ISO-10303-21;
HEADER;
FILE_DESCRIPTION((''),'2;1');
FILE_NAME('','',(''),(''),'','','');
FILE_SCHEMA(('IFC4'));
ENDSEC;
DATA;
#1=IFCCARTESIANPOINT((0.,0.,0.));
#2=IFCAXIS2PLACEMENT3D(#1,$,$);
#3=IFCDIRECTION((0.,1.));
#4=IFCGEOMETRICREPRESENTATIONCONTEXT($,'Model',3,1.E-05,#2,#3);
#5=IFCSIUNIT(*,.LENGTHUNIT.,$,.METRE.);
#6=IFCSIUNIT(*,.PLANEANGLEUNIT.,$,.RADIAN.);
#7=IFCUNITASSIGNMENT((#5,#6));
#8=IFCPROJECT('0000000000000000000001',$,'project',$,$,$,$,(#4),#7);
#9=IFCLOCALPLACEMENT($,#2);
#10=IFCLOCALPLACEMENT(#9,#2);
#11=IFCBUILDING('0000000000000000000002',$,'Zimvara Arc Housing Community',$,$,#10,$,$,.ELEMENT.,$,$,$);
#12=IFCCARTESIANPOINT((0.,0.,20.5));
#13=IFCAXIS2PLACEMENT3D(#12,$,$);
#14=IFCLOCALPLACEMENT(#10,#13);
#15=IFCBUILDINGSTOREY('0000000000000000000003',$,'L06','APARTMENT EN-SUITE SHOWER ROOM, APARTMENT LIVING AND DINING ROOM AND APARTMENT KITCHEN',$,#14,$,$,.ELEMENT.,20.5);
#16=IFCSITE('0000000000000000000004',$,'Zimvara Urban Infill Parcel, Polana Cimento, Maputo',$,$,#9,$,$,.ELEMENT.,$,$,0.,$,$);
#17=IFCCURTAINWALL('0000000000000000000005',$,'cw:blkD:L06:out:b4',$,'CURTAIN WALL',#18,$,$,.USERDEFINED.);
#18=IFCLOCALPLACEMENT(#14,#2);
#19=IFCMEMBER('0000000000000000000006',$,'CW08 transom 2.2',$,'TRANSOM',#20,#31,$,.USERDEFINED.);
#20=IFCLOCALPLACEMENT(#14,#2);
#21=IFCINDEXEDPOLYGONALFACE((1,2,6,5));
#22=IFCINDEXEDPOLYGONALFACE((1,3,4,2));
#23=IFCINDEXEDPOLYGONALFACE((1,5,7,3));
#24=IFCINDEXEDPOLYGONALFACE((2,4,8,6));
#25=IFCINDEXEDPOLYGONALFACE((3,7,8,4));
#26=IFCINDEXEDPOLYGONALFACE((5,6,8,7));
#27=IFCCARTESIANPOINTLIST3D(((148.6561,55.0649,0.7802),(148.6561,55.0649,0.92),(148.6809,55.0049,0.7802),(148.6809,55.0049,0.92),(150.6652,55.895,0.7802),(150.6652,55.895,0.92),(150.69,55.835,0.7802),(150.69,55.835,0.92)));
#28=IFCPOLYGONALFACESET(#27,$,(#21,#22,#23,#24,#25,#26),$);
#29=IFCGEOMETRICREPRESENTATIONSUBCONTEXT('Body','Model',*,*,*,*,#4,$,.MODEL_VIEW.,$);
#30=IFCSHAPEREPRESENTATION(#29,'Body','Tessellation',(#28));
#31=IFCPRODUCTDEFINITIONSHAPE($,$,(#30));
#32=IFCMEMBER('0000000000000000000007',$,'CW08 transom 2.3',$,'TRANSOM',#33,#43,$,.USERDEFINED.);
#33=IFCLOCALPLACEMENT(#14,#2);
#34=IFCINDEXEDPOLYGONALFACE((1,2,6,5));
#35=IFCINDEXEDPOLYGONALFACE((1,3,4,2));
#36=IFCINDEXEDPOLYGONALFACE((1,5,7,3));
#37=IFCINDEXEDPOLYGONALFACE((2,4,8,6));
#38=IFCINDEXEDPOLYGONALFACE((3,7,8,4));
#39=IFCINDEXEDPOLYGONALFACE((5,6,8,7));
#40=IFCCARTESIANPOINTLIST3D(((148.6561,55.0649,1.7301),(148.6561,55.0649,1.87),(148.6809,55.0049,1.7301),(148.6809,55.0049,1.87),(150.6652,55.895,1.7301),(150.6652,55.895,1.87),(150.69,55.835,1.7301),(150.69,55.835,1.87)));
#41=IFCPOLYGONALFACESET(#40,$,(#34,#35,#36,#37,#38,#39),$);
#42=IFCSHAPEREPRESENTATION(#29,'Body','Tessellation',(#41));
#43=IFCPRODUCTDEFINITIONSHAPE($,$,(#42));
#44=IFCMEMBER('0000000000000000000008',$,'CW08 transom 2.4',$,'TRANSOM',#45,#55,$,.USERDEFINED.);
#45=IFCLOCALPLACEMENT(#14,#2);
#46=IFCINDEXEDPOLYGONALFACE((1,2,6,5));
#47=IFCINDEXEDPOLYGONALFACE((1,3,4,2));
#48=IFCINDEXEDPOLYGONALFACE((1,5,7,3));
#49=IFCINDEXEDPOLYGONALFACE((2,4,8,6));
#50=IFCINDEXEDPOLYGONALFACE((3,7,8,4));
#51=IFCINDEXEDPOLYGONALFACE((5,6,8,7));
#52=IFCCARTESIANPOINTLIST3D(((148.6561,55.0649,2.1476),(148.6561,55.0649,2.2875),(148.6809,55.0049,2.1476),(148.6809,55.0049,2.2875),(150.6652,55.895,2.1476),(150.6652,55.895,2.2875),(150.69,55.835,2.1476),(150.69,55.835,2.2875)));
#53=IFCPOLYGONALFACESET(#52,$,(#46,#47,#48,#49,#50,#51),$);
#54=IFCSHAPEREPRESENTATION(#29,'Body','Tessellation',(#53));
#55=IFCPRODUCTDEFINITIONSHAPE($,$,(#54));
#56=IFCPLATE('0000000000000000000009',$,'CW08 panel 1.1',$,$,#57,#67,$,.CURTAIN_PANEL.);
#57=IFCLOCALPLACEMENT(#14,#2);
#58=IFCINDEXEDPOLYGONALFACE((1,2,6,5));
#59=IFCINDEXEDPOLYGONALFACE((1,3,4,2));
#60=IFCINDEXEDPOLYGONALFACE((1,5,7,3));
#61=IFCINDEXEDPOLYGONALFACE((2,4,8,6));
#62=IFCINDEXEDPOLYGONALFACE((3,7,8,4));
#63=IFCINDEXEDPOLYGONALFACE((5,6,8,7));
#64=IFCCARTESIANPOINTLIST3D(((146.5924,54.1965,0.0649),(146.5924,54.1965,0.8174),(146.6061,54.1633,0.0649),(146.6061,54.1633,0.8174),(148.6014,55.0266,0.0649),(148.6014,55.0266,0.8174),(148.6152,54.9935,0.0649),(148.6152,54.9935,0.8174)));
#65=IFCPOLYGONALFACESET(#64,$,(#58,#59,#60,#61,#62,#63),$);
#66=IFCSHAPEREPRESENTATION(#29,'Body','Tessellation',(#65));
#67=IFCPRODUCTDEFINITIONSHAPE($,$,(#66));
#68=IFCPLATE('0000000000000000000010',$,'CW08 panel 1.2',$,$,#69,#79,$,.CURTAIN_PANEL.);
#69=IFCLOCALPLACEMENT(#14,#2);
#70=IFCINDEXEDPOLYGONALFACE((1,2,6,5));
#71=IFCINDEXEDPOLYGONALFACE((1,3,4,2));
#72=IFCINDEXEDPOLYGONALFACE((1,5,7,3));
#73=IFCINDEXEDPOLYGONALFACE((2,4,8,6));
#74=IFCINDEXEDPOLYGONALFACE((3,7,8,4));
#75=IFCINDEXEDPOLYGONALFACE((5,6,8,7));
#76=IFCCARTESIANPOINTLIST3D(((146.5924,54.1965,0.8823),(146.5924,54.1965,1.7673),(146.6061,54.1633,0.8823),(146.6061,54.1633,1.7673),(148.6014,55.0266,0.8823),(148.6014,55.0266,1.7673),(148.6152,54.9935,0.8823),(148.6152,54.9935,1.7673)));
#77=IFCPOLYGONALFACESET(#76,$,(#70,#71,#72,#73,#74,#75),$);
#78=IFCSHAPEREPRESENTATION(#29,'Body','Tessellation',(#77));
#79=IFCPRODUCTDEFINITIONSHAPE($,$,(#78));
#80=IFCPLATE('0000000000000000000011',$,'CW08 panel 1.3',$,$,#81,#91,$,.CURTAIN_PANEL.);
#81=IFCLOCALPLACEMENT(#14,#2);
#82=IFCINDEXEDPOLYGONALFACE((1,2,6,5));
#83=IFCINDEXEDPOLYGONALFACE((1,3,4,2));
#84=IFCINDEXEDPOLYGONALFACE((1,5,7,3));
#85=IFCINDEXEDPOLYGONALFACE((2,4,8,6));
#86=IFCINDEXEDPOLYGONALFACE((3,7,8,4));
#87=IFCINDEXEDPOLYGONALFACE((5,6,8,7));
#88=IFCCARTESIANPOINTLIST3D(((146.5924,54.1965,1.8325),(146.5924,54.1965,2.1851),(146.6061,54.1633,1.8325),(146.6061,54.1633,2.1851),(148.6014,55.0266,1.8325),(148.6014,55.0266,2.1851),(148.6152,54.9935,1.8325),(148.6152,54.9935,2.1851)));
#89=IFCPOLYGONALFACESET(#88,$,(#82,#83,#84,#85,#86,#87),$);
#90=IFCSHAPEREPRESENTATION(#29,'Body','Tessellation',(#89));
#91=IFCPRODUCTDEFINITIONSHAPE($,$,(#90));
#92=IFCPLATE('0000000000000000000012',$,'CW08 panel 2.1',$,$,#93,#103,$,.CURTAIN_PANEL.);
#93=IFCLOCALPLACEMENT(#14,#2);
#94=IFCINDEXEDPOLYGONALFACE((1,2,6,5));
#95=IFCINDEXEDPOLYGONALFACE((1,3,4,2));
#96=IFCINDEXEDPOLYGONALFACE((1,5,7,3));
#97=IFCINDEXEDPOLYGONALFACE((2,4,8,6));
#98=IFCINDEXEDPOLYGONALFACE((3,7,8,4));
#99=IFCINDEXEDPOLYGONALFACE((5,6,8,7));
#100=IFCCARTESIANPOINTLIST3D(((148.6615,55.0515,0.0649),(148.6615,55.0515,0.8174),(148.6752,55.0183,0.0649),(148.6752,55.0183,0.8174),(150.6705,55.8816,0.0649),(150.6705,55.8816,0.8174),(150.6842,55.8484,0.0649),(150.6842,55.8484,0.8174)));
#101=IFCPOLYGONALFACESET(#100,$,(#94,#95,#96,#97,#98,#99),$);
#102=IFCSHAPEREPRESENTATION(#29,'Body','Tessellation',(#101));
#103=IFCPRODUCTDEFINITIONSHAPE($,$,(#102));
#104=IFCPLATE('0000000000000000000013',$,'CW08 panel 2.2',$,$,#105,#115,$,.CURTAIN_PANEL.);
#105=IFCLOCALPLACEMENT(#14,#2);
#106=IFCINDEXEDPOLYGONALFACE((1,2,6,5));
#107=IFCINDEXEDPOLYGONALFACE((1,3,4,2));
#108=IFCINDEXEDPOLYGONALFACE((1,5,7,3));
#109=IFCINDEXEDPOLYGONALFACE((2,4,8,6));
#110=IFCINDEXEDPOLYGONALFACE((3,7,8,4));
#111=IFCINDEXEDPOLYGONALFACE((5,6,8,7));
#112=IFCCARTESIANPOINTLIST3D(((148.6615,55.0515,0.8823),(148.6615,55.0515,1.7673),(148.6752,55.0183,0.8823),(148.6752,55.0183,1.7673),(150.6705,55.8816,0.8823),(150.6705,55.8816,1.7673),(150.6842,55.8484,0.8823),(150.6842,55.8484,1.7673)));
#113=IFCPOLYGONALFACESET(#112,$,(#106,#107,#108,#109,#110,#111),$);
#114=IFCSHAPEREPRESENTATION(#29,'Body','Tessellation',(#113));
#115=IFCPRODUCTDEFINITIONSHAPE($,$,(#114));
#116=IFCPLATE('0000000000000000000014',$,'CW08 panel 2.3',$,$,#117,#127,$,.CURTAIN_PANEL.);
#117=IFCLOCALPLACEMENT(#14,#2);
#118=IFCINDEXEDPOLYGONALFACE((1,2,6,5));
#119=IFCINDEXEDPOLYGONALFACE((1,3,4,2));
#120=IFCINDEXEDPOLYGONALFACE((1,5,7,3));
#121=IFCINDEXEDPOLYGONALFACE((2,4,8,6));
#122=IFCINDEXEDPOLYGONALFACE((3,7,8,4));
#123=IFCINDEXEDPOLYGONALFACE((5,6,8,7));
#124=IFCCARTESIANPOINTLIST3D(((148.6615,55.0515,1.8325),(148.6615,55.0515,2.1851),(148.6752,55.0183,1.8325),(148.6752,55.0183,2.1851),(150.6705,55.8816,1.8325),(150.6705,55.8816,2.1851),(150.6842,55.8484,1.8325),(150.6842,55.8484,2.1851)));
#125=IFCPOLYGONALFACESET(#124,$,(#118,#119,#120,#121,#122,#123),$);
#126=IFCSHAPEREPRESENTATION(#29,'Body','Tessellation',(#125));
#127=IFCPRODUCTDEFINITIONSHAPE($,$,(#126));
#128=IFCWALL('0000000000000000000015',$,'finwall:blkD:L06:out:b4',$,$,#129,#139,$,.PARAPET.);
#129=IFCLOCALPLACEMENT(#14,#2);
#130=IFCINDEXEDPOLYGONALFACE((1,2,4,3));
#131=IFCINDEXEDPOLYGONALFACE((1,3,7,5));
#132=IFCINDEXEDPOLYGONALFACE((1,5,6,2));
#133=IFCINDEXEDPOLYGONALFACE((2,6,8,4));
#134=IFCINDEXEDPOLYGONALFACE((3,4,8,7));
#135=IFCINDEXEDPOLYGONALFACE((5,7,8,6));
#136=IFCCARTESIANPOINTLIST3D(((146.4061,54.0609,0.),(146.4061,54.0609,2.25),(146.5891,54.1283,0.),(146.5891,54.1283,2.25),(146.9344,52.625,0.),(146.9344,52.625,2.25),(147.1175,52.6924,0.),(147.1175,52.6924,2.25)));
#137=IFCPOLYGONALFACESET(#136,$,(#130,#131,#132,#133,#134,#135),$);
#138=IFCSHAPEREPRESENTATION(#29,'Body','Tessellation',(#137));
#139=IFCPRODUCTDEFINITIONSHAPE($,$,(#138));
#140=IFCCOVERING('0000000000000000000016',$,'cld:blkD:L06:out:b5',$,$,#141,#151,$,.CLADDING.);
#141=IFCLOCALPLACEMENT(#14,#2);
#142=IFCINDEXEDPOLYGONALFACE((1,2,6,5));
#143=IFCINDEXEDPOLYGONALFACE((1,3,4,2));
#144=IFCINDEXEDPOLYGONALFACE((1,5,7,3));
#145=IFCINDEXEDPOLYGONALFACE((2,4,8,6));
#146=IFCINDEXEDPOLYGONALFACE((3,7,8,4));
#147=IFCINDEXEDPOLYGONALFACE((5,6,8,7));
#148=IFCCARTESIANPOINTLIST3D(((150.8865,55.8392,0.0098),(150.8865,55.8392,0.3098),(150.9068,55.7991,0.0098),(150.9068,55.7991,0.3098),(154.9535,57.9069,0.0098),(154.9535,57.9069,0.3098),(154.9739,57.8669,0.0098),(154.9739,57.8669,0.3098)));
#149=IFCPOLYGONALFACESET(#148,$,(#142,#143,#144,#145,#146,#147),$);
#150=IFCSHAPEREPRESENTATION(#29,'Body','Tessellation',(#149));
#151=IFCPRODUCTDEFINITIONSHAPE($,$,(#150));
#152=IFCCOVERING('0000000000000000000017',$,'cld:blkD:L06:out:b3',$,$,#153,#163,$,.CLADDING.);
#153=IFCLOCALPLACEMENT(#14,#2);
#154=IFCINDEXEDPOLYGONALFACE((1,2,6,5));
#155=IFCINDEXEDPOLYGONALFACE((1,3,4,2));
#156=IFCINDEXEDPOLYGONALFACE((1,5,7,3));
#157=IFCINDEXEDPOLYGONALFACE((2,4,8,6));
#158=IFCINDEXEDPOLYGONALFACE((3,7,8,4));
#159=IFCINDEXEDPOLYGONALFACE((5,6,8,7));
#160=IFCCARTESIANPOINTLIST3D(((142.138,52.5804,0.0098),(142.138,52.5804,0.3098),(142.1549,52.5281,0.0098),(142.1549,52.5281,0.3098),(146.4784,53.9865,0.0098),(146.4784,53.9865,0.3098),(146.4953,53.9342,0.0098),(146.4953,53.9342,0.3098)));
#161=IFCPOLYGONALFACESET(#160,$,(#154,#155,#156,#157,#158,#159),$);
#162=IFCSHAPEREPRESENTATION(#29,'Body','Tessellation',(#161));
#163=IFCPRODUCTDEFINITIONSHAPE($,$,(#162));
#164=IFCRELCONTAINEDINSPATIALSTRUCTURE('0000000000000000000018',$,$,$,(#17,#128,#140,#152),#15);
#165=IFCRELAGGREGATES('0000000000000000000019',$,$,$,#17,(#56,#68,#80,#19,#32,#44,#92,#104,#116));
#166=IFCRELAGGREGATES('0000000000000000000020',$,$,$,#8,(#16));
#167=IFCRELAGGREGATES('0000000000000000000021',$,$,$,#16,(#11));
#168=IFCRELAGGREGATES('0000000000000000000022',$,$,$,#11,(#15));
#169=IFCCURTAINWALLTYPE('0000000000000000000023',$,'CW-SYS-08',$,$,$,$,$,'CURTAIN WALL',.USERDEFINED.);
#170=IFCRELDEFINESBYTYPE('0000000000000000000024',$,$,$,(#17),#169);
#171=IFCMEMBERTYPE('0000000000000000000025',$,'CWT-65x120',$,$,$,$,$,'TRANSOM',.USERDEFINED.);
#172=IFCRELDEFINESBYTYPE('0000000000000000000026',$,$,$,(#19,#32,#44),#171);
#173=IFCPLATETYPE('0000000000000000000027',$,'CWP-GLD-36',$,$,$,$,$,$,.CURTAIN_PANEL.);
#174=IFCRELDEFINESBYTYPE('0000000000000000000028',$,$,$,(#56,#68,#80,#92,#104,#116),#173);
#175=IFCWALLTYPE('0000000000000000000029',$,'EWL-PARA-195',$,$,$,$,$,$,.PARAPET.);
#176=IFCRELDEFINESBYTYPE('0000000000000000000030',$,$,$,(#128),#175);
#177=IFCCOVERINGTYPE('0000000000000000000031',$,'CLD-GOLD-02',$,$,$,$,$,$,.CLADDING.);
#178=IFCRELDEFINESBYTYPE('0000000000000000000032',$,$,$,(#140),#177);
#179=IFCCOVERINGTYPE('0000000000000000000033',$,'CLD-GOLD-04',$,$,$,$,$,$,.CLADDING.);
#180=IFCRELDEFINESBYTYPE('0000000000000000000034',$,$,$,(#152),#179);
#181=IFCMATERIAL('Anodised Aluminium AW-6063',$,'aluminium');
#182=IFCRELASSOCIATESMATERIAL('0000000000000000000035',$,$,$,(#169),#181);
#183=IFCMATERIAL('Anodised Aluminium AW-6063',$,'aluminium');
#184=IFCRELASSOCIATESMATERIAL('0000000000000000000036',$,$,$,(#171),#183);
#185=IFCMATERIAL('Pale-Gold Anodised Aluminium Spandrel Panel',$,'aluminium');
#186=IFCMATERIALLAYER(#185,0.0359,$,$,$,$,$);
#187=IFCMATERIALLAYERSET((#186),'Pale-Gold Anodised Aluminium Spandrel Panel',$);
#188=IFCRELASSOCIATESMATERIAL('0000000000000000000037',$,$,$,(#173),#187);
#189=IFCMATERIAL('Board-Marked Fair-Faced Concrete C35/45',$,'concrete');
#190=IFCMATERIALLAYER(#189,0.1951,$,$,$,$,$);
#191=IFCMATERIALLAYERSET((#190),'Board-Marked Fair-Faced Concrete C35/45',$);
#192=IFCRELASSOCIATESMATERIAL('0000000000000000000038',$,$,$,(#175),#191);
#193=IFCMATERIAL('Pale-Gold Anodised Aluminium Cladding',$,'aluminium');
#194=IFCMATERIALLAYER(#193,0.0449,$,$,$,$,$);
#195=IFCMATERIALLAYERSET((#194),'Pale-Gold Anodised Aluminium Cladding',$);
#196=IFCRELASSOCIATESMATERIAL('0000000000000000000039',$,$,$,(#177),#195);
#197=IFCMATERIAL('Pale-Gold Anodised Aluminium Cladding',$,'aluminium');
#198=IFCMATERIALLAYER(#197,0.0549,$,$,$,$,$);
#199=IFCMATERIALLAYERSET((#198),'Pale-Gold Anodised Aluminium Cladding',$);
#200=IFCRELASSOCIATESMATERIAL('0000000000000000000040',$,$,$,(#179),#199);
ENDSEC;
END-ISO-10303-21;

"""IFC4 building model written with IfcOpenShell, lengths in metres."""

from ifc_helpers import new_model, si_unit, direction, frame, frame_2d, origin, origin_2d, place, context, subcontext, project, spatial, rectangle, extrude, material, layer, layer_set, material_profile, profile_set, type_object, element, aggregate, save


model = new_model("IFC4")

# Units and contexts
model_context = context("Model", 3, precision=1e-05, world=origin(), true_north=direction((0.0, 1.0)))
body_context = subcontext(model_context, "Body", "Model", "MODEL_VIEW")
ifc_project = project(units=[si_unit("LENGTHUNIT", "METRE"), si_unit("PLANEANGLEUNIT", "RADIAN")], contexts=[model_context])

# Site, building, storey
site_placement = place(None, origin())
site = spatial("IfcSite", under=ifc_project, at=site_placement, Name="Zimvara Urban Infill Parcel, Polana Cimento, Maputo", CompositionType="ELEMENT", RefElevation=0.0)
building_placement = place(site_placement, origin())
building = spatial("IfcBuilding", under=site, at=building_placement, Name="Zimvara Arc Housing Community", CompositionType="ELEMENT")
storey_placement = place(building_placement, frame((0.0, 0.0, 20.5)))
storey = spatial("IfcBuildingStorey", under=building, at=storey_placement, Name="L06", Description="APARTMENT EN-SUITE SHOWER ROOM, APARTMENT LIVING AND DINING ROOM AND APARTMENT KITCHEN", CompositionType="ELEMENT", Elevation=20.5)

# Curtain wall, members, plates
ifc_material_1 = material(Name="Anodised Aluminium AW-6063", Category="aluminium")
curtain_wall_type = type_object("IfcCurtainWallType", Name="CW-SYS-08", ElementType="CURTAIN WALL", PredefinedType="USERDEFINED", material=ifc_material_1)
curtain_wall_placement = place(storey_placement, origin())
curtain_wall = element("IfcCurtainWall", 1, at=curtain_wall_placement, inside=storey, type_object=curtain_wall_type, Name="cw:blkD:L06:out:b4", ObjectType="CURTAIN WALL", PredefinedType="USERDEFINED")
ifc_material_2 = material(Name="Anodised Aluminium AW-6063", Category="aluminium")
ifc_material_profile_1 = material_profile(ifc_material_2, rectangle(XDim=0.0649, YDim=0.1399, at=origin_2d()), Name="ALU 65x140")
ifc_profile_set_1 = profile_set([ifc_material_profile_1], Name="Anodised Aluminium AW-6063")
member_type_1 = type_object("IfcMemberType", Name="CWT-65x120", ElementType="TRANSOM", PredefinedType="USERDEFINED", material=ifc_profile_set_1)
member_1_placement = place(storey_placement, frame((148.6685, 55.0349, 0.8501), z_axis=(0.924219, 0.381862, 0.0), x_axis=(-0.381862, 0.924219, 0.0)))
member_1 = element("IfcMember", 2, at=member_1_placement, type_object=member_type_1, Name="CW08 transom 2.2", ObjectType="TRANSOM", PredefinedType="USERDEFINED", context=body_context, shape_type="SweptSolid", body=[
    extrude(rectangle(XDim=0.0649, YDim=0.1399, at=origin_2d()), origin(), (0.0, 0.0, 1.0), 2.1738),
])
member_2_placement = place(storey_placement, frame((148.6685, 55.0349, 1.8), z_axis=(0.924219, 0.381862, 0.0), x_axis=(-0.381862, 0.924219, 0.0)))
member_2 = element("IfcMember", 3, at=member_2_placement, type_object=member_type_1, Name="CW08 transom 2.3", ObjectType="TRANSOM", PredefinedType="USERDEFINED", context=body_context, shape_type="SweptSolid", body=[
    extrude(rectangle(XDim=0.0649, YDim=0.1399, at=origin_2d()), origin(), (0.0, 0.0, 1.0), 2.1738),
])
member_3_placement = place(storey_placement, frame((148.6685, 55.0349, 2.2175), z_axis=(0.924219, 0.381862, 0.0), x_axis=(-0.381862, 0.924219, 0.0)))
member_3 = element("IfcMember", 4, at=member_3_placement, type_object=member_type_1, Name="CW08 transom 2.4", ObjectType="TRANSOM", PredefinedType="USERDEFINED", context=body_context, shape_type="SweptSolid", body=[
    extrude(rectangle(XDim=0.0649, YDim=0.1399, at=origin_2d()), origin(), (0.0, 0.0, 1.0), 2.1738),
])
ifc_material_3 = material(Name="Pale-Gold Anodised Aluminium Spandrel Panel", Category="aluminium")
ifc_layer_1 = layer(ifc_material_3, 0.0359)
ifc_layer_set_1 = layer_set([ifc_layer_1], Name="Pale-Gold Anodised Aluminium Spandrel Panel")
plate_type = type_object("IfcPlateType", Name="CWP-GLD-36", PredefinedType="CURTAIN_PANEL", material=ifc_layer_set_1)
plate_1_placement = place(storey_placement, frame((147.6038, 54.595, 0.0649), z_axis=(0.0, 0.0, 1.0), x_axis=(0.924213, 0.381876, 0.0)))
plate_1 = element("IfcPlate", 5, at=plate_1_placement, type_object=plate_type, Name="CW08 panel 1.1", PredefinedType="CURTAIN_PANEL", context=body_context, shape_type="SweptSolid", body=[
    extrude(rectangle(XDim=2.1738, YDim=0.0359, at=origin_2d()), origin(), (0.0, 0.0, 1.0), 0.7524),
])
plate_2_placement = place(storey_placement, frame((147.6038, 54.595, 0.8823), z_axis=(0.0, 0.0, 1.0), x_axis=(0.924213, 0.381876, 0.0)))
plate_2 = element("IfcPlate", 6, at=plate_2_placement, type_object=plate_type, Name="CW08 panel 1.2", PredefinedType="CURTAIN_PANEL", context=body_context, shape_type="SweptSolid", body=[
    extrude(rectangle(XDim=2.1738, YDim=0.0359, at=origin_2d()), origin(), (0.0, 0.0, 1.0), 0.885),
])
plate_3_placement = place(storey_placement, frame((147.6038, 54.595, 1.8325), z_axis=(0.0, 0.0, 1.0), x_axis=(0.924213, 0.381876, 0.0)))
plate_3 = element("IfcPlate", 7, at=plate_3_placement, type_object=plate_type, Name="CW08 panel 1.3", PredefinedType="CURTAIN_PANEL", context=body_context, shape_type="SweptSolid", body=[
    extrude(rectangle(XDim=2.1738, YDim=0.0359, at=origin_2d()), origin(), (0.0, 0.0, 1.0), 0.3525),
])
plate_4_placement = place(storey_placement, frame((149.6729, 55.45, 0.0649), z_axis=(0.0, 0.0, 1.0), x_axis=(0.924213, 0.381876, 0.0)))
plate_4 = element("IfcPlate", 8, at=plate_4_placement, type_object=plate_type, Name="CW08 panel 2.1", PredefinedType="CURTAIN_PANEL", context=body_context, shape_type="SweptSolid", body=[
    extrude(rectangle(XDim=2.1738, YDim=0.0359, at=origin_2d()), origin(), (0.0, 0.0, 1.0), 0.7524),
])
plate_5_placement = place(storey_placement, frame((149.6729, 55.45, 0.8823), z_axis=(0.0, 0.0, 1.0), x_axis=(0.924213, 0.381876, 0.0)))
plate_5 = element("IfcPlate", 9, at=plate_5_placement, type_object=plate_type, Name="CW08 panel 2.2", PredefinedType="CURTAIN_PANEL", context=body_context, shape_type="SweptSolid", body=[
    extrude(rectangle(XDim=2.1738, YDim=0.0359, at=origin_2d()), origin(), (0.0, 0.0, 1.0), 0.885),
])
plate_6_placement = place(storey_placement, frame((149.6729, 55.45, 1.8325), z_axis=(0.0, 0.0, 1.0), x_axis=(0.924213, 0.381876, 0.0)))
plate_6 = element("IfcPlate", 10, at=plate_6_placement, type_object=plate_type, Name="CW08 panel 2.3", PredefinedType="CURTAIN_PANEL", context=body_context, shape_type="SweptSolid", body=[
    extrude(rectangle(XDim=2.1738, YDim=0.0359, at=origin_2d()), origin(), (0.0, 0.0, 1.0), 0.3525),
])
aggregate(curtain_wall, [plate_1, plate_2, plate_3, member_1, member_2, member_3, plate_4, plate_5, plate_6])

# Wall
ifc_material_4 = material(Name="Board-Marked Fair-Faced Concrete C35/45", Category="concrete")
ifc_layer_2 = layer(ifc_material_4, 0.1951)
ifc_layer_set_2 = layer_set([ifc_layer_2], Name="Board-Marked Fair-Faced Concrete C35/45")
wall_type_1 = type_object("IfcWallType", Name="EWL-PARA-195", PredefinedType="PARAPET", material=ifc_layer_set_2)
wall_1_placement = place(storey_placement, frame((146.4976, 54.0947, 0.0), z_axis=(0.0, 0.0, 1.0), x_axis=(0.345328, -0.938482, 0.0)))
element("IfcWall", 11, at=wall_1_placement, inside=storey, type_object=wall_type_1, Name="finwall:blkD:L06:out:b4", PredefinedType="PARAPET", context=body_context, shape_type="SweptSolid", body=[
    extrude(rectangle(XDim=1.53, YDim=0.1951, at=frame_2d((0.7651, 0.0))), origin(), (0.0, 0.0, 1.0), 2.25),
])

# Coverings
ifc_material_5 = material(Name="Pale-Gold Anodised Aluminium Cladding", Category="aluminium")
ifc_layer_3 = layer(ifc_material_5, 0.0449)
ifc_layer_set_3 = layer_set([ifc_layer_3], Name="Pale-Gold Anodised Aluminium Cladding")
covering_type_1 = type_object("IfcCoveringType", Name="CLD-GOLD-02", PredefinedType="CLADDING", material=ifc_layer_set_3)
covering_1_placement = place(storey_placement, frame((152.9302, 56.853, 0.0098), z_axis=(0.0, 0.0, 1.0), x_axis=(0.891402, 0.453213, 0.0)))
element("IfcCovering", 12, at=covering_1_placement, inside=storey, type_object=covering_type_1, Name="cld:blkD:L06:out:b5", PredefinedType="CLADDING", context=body_context, shape_type="SweptSolid", body=[
    extrude(rectangle(XDim=4.5625, YDim=0.0449, at=origin_2d()), origin(), (0.0, 0.0, 1.0), 0.3),
])
ifc_material_6 = material(Name="Pale-Gold Anodised Aluminium Cladding", Category="aluminium")
ifc_layer_4 = layer(ifc_material_6, 0.0549)
ifc_layer_set_4 = layer_set([ifc_layer_4], Name="Pale-Gold Anodised Aluminium Cladding")
covering_type_2 = type_object("IfcCoveringType", Name="CLD-GOLD-04", PredefinedType="CLADDING", material=ifc_layer_set_4)
covering_2_placement = place(storey_placement, frame((144.3167, 53.2573, 0.0098), z_axis=(0.0, 0.0, 1.0), x_axis=(0.951326, 0.308187, 0.0)))
element("IfcCovering", 13, at=covering_2_placement, inside=storey, type_object=covering_type_2, Name="cld:blkD:L06:out:b3", PredefinedType="CLADDING", context=body_context, shape_type="SweptSolid", body=[
    extrude(rectangle(XDim=4.5625, YDim=0.0549, at=origin_2d()), origin(), (0.0, 0.0, 1.0), 0.3),
])

save(model, "model.ifc")
